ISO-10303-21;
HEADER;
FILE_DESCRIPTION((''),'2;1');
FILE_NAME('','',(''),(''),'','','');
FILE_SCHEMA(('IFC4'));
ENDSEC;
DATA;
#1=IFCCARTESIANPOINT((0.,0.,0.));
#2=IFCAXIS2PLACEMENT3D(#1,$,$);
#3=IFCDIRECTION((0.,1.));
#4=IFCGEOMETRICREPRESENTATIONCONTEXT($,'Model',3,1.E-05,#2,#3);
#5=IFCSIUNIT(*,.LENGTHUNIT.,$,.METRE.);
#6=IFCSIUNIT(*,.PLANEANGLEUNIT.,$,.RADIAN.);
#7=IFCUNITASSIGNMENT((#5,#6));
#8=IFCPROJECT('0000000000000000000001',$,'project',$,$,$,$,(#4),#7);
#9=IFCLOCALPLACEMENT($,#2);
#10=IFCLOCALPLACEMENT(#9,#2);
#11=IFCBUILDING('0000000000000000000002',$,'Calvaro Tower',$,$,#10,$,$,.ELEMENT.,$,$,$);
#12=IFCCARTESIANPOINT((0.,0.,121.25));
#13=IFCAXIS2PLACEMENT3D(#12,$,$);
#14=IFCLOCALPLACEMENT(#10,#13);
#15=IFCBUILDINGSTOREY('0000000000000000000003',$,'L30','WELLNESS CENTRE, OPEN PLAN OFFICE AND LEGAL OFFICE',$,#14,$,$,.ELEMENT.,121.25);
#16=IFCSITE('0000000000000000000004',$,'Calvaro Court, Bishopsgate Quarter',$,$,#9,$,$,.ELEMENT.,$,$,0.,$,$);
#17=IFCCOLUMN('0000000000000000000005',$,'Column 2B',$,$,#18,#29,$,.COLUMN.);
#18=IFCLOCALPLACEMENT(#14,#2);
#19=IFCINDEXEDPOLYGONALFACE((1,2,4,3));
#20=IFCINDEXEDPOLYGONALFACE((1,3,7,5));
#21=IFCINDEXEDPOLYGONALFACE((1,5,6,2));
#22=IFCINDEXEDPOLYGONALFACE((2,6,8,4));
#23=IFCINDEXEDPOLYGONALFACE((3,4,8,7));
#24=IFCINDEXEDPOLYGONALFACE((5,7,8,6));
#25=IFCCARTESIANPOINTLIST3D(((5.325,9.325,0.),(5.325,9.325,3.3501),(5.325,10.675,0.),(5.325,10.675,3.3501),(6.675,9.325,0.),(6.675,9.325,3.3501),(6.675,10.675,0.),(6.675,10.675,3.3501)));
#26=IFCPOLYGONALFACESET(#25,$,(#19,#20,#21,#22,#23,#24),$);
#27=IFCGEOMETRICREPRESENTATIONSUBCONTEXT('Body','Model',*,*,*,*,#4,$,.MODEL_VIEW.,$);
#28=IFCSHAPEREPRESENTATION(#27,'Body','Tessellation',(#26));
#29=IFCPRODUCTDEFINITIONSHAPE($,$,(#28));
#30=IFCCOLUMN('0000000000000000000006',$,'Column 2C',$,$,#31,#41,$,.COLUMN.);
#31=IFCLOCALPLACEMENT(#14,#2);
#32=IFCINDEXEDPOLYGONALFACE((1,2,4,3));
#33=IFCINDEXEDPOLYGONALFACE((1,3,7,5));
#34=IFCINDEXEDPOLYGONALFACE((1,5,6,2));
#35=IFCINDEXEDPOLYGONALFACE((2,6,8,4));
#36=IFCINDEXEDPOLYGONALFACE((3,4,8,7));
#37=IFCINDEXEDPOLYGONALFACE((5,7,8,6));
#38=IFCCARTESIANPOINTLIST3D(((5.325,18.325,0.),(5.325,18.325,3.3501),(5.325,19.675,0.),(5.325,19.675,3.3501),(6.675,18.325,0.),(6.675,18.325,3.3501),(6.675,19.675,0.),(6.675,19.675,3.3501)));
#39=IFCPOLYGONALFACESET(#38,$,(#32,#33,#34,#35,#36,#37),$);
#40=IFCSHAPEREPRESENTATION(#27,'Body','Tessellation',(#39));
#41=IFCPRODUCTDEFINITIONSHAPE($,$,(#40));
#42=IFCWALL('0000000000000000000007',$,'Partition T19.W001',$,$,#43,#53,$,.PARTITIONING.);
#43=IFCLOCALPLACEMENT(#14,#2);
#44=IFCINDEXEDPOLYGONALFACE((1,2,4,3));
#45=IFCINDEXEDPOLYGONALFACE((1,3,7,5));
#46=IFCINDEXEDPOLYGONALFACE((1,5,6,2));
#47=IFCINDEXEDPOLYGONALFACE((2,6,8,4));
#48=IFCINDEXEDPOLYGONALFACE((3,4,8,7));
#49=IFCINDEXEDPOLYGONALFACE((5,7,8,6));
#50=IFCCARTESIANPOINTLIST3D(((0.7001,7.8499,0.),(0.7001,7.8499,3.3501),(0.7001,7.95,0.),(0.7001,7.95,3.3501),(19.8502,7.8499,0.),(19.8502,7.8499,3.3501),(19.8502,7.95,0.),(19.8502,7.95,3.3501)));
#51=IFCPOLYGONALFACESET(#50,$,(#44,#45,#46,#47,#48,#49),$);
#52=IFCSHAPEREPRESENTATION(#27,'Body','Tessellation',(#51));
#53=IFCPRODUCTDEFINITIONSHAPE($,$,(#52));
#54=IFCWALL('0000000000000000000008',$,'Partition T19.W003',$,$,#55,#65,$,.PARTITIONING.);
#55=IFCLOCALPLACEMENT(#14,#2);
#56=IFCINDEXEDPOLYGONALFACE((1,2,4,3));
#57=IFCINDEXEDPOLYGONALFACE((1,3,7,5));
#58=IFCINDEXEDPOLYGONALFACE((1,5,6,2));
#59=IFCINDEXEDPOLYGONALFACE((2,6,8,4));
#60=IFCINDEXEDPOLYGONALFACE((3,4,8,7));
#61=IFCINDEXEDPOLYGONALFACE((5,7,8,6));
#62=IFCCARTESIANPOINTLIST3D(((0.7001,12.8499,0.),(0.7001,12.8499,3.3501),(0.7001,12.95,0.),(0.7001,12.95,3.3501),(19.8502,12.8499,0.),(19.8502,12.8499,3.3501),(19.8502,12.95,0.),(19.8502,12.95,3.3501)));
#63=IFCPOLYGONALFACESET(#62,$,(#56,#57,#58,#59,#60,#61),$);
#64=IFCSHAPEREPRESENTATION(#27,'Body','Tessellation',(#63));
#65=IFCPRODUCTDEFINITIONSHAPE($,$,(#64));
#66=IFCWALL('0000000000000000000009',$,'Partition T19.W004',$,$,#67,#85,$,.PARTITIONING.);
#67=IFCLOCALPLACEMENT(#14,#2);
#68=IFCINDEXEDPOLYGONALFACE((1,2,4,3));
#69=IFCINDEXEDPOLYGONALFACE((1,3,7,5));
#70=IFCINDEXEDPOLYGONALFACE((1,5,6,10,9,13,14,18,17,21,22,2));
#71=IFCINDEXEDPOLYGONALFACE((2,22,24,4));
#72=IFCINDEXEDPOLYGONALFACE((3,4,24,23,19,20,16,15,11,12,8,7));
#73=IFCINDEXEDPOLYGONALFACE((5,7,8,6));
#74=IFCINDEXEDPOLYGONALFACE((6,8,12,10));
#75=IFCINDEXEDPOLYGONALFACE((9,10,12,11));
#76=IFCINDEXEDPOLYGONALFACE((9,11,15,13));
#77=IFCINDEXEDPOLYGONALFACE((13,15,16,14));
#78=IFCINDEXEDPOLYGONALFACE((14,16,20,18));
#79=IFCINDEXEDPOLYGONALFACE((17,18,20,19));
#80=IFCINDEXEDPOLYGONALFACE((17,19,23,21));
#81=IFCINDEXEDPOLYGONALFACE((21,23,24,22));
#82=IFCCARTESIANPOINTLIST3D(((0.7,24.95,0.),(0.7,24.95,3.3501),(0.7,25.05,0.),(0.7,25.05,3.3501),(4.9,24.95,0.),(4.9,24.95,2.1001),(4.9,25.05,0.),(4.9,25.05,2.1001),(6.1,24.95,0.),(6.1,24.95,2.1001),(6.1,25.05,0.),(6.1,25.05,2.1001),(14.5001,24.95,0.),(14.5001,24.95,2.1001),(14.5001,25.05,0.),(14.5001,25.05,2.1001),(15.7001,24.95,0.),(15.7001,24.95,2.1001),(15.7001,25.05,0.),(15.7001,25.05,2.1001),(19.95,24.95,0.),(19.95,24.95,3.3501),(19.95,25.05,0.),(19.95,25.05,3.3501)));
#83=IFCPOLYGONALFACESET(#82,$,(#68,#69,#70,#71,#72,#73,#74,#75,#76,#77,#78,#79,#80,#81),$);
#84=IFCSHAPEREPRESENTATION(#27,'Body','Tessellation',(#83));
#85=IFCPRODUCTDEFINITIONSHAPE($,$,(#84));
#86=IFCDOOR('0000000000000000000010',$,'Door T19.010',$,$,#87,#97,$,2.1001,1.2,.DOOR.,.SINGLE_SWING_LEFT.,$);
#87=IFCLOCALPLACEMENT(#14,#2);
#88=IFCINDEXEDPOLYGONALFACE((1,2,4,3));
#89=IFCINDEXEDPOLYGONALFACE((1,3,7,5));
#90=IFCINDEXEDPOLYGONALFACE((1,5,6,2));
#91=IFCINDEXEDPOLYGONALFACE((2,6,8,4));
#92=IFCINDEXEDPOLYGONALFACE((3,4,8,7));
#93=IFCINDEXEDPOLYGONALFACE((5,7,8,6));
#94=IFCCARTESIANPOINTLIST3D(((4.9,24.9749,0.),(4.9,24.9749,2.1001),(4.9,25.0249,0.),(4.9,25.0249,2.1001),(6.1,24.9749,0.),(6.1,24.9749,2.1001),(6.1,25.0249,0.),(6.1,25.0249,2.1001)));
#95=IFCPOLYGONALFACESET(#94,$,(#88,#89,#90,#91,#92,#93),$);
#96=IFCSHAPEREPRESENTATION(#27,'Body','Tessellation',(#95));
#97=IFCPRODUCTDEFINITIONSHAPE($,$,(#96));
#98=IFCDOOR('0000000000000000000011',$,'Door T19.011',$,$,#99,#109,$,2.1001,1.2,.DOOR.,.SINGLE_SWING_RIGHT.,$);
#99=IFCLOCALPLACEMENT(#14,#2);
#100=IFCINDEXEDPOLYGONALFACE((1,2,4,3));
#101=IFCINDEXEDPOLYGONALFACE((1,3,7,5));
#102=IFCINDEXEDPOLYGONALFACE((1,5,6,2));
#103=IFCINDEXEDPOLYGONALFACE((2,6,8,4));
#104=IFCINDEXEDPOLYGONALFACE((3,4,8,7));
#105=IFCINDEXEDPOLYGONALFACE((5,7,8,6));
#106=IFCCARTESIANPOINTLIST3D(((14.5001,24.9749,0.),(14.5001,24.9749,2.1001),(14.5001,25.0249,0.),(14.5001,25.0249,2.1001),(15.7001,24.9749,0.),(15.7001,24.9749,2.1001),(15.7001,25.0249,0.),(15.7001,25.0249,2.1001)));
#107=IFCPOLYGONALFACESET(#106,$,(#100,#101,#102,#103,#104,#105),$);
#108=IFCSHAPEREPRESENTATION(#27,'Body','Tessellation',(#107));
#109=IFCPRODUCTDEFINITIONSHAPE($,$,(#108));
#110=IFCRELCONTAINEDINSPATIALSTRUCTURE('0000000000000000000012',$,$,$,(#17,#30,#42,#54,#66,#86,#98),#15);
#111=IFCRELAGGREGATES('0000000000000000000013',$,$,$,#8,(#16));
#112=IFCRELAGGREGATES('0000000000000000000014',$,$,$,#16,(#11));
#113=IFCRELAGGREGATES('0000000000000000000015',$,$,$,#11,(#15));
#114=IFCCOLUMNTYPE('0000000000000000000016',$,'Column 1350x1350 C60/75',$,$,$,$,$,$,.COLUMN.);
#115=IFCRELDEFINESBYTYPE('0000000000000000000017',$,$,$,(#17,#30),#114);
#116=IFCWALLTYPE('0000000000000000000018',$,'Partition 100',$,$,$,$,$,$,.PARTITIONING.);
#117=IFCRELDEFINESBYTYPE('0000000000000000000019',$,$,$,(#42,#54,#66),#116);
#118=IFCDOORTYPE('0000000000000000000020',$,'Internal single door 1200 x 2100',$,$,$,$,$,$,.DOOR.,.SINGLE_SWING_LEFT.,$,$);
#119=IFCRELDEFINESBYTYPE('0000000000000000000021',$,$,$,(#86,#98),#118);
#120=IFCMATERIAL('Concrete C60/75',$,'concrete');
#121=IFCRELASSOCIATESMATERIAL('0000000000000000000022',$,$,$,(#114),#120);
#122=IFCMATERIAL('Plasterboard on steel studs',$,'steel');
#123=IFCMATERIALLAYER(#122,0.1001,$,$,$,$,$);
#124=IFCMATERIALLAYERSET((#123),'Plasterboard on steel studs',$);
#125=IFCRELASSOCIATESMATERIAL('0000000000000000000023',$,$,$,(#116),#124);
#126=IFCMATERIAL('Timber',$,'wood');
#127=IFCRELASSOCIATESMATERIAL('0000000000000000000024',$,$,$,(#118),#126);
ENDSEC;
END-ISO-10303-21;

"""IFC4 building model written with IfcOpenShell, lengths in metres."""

from ifc_helpers import new_model, si_unit, direction, frame, frame_2d, origin, origin_2d, place, context, subcontext, project, spatial, rectangle, extrude, material, layer, layer_set, material_profile, profile_set, type_object, element, fill, save


model = new_model("IFC4")

# Units and contexts
model_context = context("Model", 3, precision=1e-05, world=origin(), true_north=direction((0.0, 1.0)))
body_context = subcontext(model_context, "Body", "Model", "MODEL_VIEW")
ifc_project = project(units=[si_unit("LENGTHUNIT", "METRE"), si_unit("PLANEANGLEUNIT", "RADIAN")], contexts=[model_context])

# Site, building, storey
site_placement = place(None, origin())
site = spatial("IfcSite", under=ifc_project, at=site_placement, Name="Calvaro Court, Bishopsgate Quarter", CompositionType="ELEMENT", RefElevation=0.0)
building_placement = place(site_placement, origin())
building = spatial("IfcBuilding", under=site, at=building_placement, Name="Calvaro Tower", CompositionType="ELEMENT")
storey_placement = place(building_placement, frame((0.0, 0.0, 121.25)))
storey = spatial("IfcBuildingStorey", under=building, at=storey_placement, Name="L30", Description="WELLNESS CENTRE, OPEN PLAN OFFICE AND LEGAL OFFICE", CompositionType="ELEMENT", Elevation=121.25)

# Columns
ifc_material_1 = material(Name="Concrete C60/75", Category="concrete")
ifc_material_profile = material_profile(ifc_material_1, rectangle(XDim=1.3501, YDim=1.3501, at=origin_2d()), Name="RC 1350x1350")
ifc_profile_set = profile_set([ifc_material_profile], Name="Concrete C60/75")
column_type = type_object("IfcColumnType", Name="Column 1350x1350 C60/75", PredefinedType="COLUMN", material=ifc_profile_set)
for number, where, z_axis, x_axis, name in (
    (1, (6.0, 10.0, 0.0), (0.0, 0.0, 1.0), (1.0, 0.0, 0.0), "Column 2B"),
    (2, (6.0, 19.0, 0.0), (0.0, 0.0, 1.0), (1.0, 0.0, 0.0), "Column 2C"),
):
    element("IfcColumn", number, at=place(storey_placement, frame(where, z_axis=z_axis, x_axis=x_axis)), inside=storey, type_object=column_type, Name=name, PredefinedType="COLUMN", context=body_context, shape_type="SweptSolid", body=[
        extrude(rectangle(XDim=1.3501, YDim=1.3501, at=origin_2d()), origin(), (0.0, 0.0, 1.0), 3.3501),
    ])

# Walls
ifc_material_2 = material(Name="Plasterboard on steel studs", Category="steel")
ifc_layer = layer(ifc_material_2, 0.1001)
ifc_layer_set = layer_set([ifc_layer], Name="Plasterboard on steel studs")
wall_type = type_object("IfcWallType", Name="Partition 100", PredefinedType="PARTITIONING", material=ifc_layer_set)
for number, where, z_axis, x_axis, name in (
    (3, (0.7, 7.8999, 0.0), (0.0, 0.0, 1.0), (1.0, 0.0, 0.0), "Partition T19.W001"),
    (4, (0.7, 12.8999, 0.0), (0.0, 0.0, 1.0), (1.0, 0.0, 0.0), "Partition T19.W003"),
):
    element("IfcWall", number, at=place(storey_placement, frame(where, z_axis=z_axis, x_axis=x_axis)), inside=storey, type_object=wall_type, Name=name, PredefinedType="PARTITIONING", context=body_context, shape_type="SweptSolid", body=[
        extrude(rectangle(XDim=19.1501, YDim=0.1001, at=frame_2d((9.5752, 0.0))), origin(), (0.0, 0.0, 1.0), 3.3501),
    ])

# Wall, openings, doors
wall_placement = place(storey_placement, frame((0.7, 25.0, 0.0), z_axis=(0.0, 0.0, 1.0), x_axis=(1.0, 0.0, 0.0)))
wall = element("IfcWall", 5, at=wall_placement, inside=storey, type_object=wall_type, Name="Partition T19.W004", PredefinedType="PARTITIONING", context=body_context, shape_type="SweptSolid", body=[
    extrude(rectangle(XDim=19.25, YDim=0.1001, at=frame_2d((9.625, 0.0))), origin(), (0.0, 0.0, 1.0), 3.3501),
])
opening_1_placement = place(wall_placement, frame((4.2, 0.0, 0.0)))
opening_1 = element("IfcOpeningElement", 6, at=opening_1_placement, cuts=wall, PredefinedType="OPENING", context=body_context, shape_type="SweptSolid", body=[
    extrude(rectangle(XDim=1.2, YDim=2.1001, at=frame_2d((0.6001, 1.05))), frame((0.0, 0.0601, 0.0), z_axis=(0.0, -1.0, 0.0), x_axis=(1.0, 0.0, 0.0)), (0.0, 0.0, 1.0), 0.1201),
])
opening_2_placement = place(wall_placement, frame((13.8, 0.0, 0.0)))
opening_2 = element("IfcOpeningElement", 7, at=opening_2_placement, cuts=wall, PredefinedType="OPENING", context=body_context, shape_type="SweptSolid", body=[
    extrude(rectangle(XDim=1.2, YDim=2.1001, at=frame_2d((0.6001, 1.05))), frame((0.0, 0.0601, 0.0), z_axis=(0.0, -1.0, 0.0), x_axis=(1.0, 0.0, 0.0)), (0.0, 0.0, 1.0), 0.1201),
])
ifc_material_3 = material(Name="Timber", Category="wood")
door_type = type_object("IfcDoorType", Name="Internal single door 1200 x 2100", OperationType="SINGLE_SWING_LEFT", PredefinedType="DOOR", material=ifc_material_3)
door_1_placement = place(opening_1_placement, origin())
door_1 = element("IfcDoor", 8, at=door_1_placement, inside=storey, type_object=door_type, Name="Door T19.010", OperationType="SINGLE_SWING_LEFT", OverallHeight=2.1001, OverallWidth=1.2, PredefinedType="DOOR", context=body_context, shape_type="SweptSolid", body=[
    extrude(rectangle(XDim=1.2, YDim=2.1001, at=frame_2d((0.6001, 1.05))), frame((0.0, 0.0249, 0.0), z_axis=(0.0, -1.0, 0.0), x_axis=(1.0, 0.0, 0.0)), (0.0, 0.0, 1.0), 0.05),
])
fill(opening_1, door_1)
door_2_placement = place(opening_2_placement, origin())
door_2 = element("IfcDoor", 9, at=door_2_placement, inside=storey, type_object=door_type, Name="Door T19.011", OperationType="SINGLE_SWING_RIGHT", OverallHeight=2.1001, OverallWidth=1.2, PredefinedType="DOOR", context=body_context, shape_type="SweptSolid", body=[
    extrude(rectangle(XDim=1.2, YDim=2.1001, at=frame_2d((0.6001, 1.05))), frame((0.0, 0.0249, 0.0), z_axis=(0.0, -1.0, 0.0), x_axis=(1.0, 0.0, 0.0)), (0.0, 0.0, 1.0), 0.05),
])
fill(opening_2, door_2)

save(model, "model.ifc")
